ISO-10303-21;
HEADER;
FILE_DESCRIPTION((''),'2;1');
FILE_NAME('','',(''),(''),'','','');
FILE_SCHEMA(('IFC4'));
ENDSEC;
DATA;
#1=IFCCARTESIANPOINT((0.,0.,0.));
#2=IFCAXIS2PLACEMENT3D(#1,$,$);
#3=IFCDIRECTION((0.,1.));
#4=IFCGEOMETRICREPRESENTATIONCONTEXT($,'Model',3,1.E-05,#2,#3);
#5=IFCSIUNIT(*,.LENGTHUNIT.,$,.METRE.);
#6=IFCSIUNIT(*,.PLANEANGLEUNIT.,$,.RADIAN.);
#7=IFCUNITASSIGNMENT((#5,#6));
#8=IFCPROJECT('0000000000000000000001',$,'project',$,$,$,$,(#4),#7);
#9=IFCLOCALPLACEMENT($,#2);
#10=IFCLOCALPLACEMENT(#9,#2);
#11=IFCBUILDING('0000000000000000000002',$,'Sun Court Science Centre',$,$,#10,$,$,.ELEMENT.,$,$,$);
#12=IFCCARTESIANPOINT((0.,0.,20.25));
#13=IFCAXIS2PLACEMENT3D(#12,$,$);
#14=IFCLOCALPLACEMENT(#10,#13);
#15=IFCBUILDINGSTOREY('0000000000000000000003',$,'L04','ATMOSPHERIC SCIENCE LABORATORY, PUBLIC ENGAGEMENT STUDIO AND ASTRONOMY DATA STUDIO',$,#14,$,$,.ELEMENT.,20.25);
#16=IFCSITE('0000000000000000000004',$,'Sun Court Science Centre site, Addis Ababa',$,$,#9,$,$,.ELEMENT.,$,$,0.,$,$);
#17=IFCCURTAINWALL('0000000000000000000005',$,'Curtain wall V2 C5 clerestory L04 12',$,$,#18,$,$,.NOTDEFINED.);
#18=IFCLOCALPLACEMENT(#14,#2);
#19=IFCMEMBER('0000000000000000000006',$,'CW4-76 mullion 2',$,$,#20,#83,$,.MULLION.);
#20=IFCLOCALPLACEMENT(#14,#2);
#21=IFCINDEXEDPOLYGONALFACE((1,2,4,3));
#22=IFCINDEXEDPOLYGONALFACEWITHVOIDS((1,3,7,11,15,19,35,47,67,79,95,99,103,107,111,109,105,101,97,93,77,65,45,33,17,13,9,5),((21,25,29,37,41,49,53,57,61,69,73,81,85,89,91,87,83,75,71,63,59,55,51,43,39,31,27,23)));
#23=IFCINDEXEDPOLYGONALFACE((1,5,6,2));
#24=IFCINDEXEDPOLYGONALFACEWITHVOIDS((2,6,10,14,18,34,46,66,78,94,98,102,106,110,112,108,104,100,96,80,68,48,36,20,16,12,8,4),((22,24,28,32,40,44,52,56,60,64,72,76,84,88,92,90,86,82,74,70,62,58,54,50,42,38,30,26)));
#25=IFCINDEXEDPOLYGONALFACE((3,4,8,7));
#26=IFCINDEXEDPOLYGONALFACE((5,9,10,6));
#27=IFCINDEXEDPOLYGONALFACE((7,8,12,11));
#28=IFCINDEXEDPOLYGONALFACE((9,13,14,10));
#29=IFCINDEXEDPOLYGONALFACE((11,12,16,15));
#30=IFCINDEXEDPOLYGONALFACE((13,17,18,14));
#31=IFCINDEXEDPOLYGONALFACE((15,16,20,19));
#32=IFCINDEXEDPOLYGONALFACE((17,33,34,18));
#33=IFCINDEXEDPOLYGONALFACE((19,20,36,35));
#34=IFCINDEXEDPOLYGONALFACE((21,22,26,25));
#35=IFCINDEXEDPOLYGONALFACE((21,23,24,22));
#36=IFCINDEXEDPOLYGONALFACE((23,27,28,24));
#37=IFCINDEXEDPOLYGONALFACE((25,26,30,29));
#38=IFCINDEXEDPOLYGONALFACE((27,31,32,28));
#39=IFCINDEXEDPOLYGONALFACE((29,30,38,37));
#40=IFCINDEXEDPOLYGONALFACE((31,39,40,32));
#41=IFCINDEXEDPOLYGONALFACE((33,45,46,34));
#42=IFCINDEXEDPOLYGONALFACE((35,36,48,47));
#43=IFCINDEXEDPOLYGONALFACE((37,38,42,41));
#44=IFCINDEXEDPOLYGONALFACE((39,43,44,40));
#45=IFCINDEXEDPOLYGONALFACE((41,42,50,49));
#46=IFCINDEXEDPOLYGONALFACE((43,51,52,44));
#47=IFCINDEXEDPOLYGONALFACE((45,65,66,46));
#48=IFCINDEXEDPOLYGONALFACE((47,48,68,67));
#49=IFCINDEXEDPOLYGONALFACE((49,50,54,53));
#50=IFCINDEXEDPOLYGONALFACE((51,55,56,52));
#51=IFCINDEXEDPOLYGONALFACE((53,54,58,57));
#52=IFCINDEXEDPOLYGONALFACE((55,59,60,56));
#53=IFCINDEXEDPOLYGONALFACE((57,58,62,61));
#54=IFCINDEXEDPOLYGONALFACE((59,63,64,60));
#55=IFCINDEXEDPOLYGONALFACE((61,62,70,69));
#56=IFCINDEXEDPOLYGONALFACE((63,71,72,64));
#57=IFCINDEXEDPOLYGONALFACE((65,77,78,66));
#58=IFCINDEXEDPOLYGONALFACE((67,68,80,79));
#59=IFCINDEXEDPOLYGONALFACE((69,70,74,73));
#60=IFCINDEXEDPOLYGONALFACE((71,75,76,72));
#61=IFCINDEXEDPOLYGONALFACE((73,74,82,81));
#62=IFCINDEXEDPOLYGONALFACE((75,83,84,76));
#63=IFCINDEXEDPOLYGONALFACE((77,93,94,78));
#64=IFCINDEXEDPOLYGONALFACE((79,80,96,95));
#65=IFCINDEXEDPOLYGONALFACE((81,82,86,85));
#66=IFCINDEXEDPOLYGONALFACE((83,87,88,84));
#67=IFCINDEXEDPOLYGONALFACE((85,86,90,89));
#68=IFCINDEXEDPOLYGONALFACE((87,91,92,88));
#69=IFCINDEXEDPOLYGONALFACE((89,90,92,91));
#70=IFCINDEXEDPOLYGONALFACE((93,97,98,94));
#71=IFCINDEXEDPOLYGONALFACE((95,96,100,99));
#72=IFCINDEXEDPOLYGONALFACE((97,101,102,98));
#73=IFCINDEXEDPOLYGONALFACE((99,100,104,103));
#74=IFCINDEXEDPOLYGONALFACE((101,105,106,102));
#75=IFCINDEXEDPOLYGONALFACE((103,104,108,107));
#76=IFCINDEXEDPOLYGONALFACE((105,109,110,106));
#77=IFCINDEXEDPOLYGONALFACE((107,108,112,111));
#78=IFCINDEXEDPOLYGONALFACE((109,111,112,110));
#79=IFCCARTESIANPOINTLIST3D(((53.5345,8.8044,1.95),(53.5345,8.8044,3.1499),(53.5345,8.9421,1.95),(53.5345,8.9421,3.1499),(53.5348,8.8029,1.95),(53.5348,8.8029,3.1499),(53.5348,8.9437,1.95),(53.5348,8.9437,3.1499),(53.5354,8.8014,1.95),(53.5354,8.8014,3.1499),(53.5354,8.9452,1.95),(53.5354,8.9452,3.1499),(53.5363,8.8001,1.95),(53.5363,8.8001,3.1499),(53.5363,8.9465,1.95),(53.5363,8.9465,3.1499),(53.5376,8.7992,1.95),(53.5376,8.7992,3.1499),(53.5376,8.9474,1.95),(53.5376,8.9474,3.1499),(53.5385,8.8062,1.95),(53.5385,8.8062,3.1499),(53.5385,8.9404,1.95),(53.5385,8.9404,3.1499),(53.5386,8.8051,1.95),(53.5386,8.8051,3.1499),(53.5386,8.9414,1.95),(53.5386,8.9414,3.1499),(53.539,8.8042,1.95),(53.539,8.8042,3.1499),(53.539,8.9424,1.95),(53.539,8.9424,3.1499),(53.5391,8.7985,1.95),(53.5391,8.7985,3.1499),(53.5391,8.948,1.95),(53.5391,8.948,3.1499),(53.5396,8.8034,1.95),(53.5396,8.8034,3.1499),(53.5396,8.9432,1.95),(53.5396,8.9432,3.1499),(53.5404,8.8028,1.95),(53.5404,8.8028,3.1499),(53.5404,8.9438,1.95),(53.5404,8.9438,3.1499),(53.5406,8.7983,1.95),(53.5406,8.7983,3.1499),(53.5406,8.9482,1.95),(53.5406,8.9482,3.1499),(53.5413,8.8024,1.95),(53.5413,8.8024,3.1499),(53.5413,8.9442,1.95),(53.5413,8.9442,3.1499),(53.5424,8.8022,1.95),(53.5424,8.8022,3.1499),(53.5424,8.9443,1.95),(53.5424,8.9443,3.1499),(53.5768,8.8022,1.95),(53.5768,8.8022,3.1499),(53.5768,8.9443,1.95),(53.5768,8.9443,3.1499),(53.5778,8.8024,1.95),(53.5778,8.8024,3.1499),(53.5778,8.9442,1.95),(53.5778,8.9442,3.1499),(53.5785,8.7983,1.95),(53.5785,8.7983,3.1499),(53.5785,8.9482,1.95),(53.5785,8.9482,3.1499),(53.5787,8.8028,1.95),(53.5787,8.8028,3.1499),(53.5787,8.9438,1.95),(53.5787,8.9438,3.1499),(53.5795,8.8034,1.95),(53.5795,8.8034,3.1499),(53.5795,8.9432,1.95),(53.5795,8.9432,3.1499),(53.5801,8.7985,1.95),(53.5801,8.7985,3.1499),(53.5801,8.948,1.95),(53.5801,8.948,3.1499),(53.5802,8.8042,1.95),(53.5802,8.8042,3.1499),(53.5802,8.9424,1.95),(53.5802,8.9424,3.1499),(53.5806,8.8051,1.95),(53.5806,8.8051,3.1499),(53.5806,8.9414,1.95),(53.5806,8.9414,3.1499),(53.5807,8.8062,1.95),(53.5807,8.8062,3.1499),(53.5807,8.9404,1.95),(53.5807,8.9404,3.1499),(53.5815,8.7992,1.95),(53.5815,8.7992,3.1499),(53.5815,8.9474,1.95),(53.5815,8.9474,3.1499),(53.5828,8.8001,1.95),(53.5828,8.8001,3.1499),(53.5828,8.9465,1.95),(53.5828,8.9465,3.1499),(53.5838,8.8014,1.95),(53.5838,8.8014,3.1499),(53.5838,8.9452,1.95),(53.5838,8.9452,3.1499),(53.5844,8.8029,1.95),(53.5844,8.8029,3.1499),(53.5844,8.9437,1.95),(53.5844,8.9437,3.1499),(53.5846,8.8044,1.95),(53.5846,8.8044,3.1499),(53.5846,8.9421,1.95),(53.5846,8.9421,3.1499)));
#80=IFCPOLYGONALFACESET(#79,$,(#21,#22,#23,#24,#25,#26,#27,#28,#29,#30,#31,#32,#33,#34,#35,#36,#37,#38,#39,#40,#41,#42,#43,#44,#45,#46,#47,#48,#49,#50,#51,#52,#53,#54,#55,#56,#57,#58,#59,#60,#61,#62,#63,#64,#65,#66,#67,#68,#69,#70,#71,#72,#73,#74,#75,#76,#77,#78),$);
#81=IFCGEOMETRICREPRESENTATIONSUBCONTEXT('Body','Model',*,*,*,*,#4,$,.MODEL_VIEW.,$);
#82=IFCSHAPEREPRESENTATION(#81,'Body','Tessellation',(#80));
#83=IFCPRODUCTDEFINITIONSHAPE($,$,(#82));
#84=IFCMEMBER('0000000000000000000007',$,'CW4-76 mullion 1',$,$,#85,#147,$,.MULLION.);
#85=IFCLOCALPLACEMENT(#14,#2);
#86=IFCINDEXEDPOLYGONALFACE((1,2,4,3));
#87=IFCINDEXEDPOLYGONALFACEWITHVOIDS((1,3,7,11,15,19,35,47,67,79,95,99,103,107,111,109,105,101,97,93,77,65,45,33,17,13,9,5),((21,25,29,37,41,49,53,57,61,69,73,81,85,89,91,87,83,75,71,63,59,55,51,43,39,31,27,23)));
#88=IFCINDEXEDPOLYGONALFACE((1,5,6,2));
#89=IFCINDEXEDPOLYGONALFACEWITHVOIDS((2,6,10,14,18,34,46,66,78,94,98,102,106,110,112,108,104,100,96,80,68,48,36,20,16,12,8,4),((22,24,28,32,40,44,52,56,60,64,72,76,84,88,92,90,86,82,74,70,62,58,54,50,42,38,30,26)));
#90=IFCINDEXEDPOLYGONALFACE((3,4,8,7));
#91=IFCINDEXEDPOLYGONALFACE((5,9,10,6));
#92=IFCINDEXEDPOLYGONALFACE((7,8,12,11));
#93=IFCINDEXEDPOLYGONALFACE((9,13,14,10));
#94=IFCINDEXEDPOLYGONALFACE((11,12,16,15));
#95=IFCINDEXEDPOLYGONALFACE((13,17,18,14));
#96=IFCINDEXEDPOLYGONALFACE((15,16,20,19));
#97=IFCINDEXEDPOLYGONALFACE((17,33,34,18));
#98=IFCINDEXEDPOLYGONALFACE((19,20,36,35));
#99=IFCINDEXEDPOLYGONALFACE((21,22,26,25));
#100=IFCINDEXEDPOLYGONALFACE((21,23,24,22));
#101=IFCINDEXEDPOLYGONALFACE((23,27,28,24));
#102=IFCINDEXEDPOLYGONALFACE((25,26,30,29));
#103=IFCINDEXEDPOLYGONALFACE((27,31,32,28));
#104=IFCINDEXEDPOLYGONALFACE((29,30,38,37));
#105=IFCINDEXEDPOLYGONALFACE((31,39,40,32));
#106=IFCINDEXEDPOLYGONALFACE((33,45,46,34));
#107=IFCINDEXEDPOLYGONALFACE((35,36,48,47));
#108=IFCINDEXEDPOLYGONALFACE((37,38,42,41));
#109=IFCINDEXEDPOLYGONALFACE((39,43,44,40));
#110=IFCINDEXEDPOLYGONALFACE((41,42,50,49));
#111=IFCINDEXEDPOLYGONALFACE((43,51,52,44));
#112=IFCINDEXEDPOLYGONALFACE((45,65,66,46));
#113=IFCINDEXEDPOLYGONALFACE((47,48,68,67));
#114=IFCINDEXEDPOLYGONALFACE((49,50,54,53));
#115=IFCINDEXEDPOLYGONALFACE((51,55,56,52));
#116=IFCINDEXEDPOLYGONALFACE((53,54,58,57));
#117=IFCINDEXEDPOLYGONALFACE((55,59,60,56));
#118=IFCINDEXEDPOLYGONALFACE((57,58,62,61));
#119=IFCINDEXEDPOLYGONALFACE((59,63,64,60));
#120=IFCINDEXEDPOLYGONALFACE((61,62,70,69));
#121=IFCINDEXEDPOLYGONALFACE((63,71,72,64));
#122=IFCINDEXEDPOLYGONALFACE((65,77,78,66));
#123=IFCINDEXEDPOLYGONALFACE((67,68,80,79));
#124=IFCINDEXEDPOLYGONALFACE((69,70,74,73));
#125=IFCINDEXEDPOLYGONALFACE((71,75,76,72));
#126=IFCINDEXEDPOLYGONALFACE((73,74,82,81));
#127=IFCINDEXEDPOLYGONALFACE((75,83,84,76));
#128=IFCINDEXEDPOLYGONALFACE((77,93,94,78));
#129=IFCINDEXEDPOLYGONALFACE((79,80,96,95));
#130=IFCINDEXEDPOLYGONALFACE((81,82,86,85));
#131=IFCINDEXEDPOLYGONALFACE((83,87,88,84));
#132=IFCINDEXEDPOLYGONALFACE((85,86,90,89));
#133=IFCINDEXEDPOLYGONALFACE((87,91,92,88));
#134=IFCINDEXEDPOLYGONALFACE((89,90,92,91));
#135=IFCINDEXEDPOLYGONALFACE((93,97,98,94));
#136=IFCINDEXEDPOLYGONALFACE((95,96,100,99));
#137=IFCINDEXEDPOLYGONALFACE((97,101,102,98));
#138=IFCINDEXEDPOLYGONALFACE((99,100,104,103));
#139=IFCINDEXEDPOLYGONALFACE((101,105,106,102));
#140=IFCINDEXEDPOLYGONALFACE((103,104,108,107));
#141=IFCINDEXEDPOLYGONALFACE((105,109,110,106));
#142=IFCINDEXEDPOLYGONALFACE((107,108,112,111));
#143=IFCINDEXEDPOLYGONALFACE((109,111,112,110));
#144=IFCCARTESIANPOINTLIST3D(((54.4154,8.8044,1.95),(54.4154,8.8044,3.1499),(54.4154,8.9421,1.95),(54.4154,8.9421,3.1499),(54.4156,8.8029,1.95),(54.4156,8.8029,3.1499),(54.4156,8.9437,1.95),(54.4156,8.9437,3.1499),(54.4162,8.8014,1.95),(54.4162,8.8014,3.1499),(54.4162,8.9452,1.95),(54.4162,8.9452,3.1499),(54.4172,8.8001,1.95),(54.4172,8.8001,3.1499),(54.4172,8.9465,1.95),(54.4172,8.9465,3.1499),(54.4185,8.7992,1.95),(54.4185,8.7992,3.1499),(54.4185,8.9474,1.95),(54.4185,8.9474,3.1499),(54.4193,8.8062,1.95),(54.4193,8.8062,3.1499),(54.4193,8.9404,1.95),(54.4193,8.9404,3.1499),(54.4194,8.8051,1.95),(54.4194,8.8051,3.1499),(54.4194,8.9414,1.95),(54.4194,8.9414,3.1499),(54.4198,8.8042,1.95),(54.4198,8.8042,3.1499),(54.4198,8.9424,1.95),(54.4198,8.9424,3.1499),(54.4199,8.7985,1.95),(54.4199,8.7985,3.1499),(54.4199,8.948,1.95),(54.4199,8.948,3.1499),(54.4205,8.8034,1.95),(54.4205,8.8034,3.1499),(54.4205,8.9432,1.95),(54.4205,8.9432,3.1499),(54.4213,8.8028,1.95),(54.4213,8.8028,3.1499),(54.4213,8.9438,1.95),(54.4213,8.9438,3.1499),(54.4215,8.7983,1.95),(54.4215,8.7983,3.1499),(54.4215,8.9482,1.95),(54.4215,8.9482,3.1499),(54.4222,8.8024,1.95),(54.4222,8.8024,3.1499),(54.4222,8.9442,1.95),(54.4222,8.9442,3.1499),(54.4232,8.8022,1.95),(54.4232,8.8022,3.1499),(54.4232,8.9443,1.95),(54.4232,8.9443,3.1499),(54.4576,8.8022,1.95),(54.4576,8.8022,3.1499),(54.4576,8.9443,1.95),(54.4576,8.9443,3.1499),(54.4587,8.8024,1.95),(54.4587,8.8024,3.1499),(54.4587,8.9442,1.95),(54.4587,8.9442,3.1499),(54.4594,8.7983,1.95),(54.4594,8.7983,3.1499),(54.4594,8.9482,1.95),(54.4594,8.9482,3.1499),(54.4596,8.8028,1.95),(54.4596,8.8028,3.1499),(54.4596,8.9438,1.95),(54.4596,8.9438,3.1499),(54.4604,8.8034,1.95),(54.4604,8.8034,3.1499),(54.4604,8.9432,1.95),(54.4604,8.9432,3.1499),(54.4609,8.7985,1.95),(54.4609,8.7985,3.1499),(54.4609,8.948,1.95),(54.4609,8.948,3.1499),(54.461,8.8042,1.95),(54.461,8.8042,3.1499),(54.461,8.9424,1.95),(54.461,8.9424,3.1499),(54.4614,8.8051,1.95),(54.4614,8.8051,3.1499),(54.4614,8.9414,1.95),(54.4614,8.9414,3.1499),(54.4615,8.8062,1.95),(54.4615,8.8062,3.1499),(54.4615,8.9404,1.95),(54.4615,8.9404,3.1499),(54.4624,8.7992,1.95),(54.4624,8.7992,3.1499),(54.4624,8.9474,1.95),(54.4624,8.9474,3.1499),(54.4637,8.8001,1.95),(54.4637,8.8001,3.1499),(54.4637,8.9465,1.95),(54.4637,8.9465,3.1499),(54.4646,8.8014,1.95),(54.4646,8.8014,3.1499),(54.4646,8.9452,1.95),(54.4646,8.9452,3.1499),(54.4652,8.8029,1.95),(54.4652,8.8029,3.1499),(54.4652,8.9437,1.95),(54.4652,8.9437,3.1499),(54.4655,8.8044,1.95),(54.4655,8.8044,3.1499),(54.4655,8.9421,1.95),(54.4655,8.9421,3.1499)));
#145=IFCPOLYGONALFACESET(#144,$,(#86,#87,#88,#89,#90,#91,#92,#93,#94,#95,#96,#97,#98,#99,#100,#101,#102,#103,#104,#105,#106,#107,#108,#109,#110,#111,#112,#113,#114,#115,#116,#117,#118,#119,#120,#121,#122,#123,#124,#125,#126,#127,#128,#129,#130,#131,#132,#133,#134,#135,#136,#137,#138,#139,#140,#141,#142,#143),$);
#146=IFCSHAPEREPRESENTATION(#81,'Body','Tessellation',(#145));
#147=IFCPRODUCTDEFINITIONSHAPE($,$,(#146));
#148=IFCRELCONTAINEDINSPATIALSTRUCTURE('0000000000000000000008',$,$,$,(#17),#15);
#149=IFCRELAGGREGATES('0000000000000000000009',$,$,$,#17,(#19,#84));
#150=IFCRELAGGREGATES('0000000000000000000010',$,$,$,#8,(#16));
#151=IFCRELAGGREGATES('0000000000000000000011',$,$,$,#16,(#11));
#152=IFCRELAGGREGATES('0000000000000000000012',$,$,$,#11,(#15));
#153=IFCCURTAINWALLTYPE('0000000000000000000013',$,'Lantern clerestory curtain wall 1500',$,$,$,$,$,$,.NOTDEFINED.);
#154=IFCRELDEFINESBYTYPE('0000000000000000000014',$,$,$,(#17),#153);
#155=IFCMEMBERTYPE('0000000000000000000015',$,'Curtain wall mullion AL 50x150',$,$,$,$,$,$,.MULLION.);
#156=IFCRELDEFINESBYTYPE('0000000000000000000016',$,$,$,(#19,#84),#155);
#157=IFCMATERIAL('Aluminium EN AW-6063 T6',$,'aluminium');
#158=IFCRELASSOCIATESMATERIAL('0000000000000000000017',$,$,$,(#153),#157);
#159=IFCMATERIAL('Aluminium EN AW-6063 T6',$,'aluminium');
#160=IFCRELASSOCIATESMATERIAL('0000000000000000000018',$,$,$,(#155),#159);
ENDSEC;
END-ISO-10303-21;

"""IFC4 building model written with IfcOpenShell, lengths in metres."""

from ifc_helpers import new_model, si_unit, direction, frame, origin, origin_2d, place, context, subcontext, project, spatial, hollow_rectangle, extrude, material, material_profile, profile_set, type_object, element, aggregate, save


model = new_model("IFC4")

# Units and contexts
model_context = context("Model", 3, precision=1e-05, world=origin(), true_north=direction((0.0, 1.0)))
body_context = subcontext(model_context, "Body", "Model", "MODEL_VIEW")
ifc_project = project(units=[si_unit("LENGTHUNIT", "METRE"), si_unit("PLANEANGLEUNIT", "RADIAN")], contexts=[model_context])

# Site, building, storey
site_placement = place(None, origin())
site = spatial("IfcSite", under=ifc_project, at=site_placement, Name="Sun Court Science Centre site, Addis Ababa", CompositionType="ELEMENT", RefElevation=0.0)
building_placement = place(site_placement, origin())
building = spatial("IfcBuilding", under=site, at=building_placement, Name="Sun Court Science Centre", CompositionType="ELEMENT")
storey_placement = place(building_placement, frame((0.0, 0.0, 20.25)))
storey = spatial("IfcBuildingStorey", under=building, at=storey_placement, Name="L04", Description="ATMOSPHERIC SCIENCE LABORATORY, PUBLIC ENGAGEMENT STUDIO AND ASTRONOMY DATA STUDIO", CompositionType="ELEMENT", Elevation=20.25)

# Curtain wall, members
ifc_material_1 = material(Name="Aluminium EN AW-6063 T6", Category="aluminium")
curtain_wall_type = type_object("IfcCurtainWallType", Name="Lantern clerestory curtain wall 1500", PredefinedType="NOTDEFINED", material=ifc_material_1)
curtain_wall_1_placement = place(storey_placement, origin())
curtain_wall_1 = element("IfcCurtainWall", 1, at=curtain_wall_1_placement, inside=storey, type_object=curtain_wall_type, Name="Curtain wall V2 C5 clerestory L04 12", PredefinedType="NOTDEFINED")
ifc_material_2 = material(Name="Aluminium EN AW-6063 T6", Category="aluminium")
ifc_material_profile_1 = material_profile(ifc_material_2, hollow_rectangle(XDim=0.05, YDim=0.1499, WallThickness=0.0039, InnerFilletRadius=0.0039, OuterFilletRadius=0.0061, at=origin_2d()), Name="AL 50x150x4")
ifc_profile_set_1 = profile_set([ifc_material_profile_1], Name="Aluminium EN AW-6063 T6")
member_type_1 = type_object("IfcMemberType", Name="Curtain wall mullion AL 50x150", PredefinedType="MULLION", material=ifc_profile_set_1)
member_1_placement = place(storey_placement, frame((53.5596, 8.8733, 1.95), z_axis=(0.0, 0.0, 1.0), x_axis=(-1.0, 0.0, 0.0)))
member_1 = element("IfcMember", 2, at=member_1_placement, type_object=member_type_1, Name="CW4-76 mullion 2", PredefinedType="MULLION", context=body_context, shape_type="SweptSolid", body=[
    extrude(hollow_rectangle(XDim=0.05, YDim=0.1499, WallThickness=0.0039, InnerFilletRadius=0.0039, OuterFilletRadius=0.0061, at=origin_2d()), origin(), (0.0, 0.0, 1.0), 1.2),
])
member_2_placement = place(storey_placement, frame((54.4404, 8.8733, 1.95), z_axis=(0.0, 0.0, 1.0), x_axis=(-1.0, 0.0, 0.0)))
member_2 = element("IfcMember", 3, at=member_2_placement, type_object=member_type_1, Name="CW4-76 mullion 1", PredefinedType="MULLION", context=body_context, shape_type="SweptSolid", body=[
    extrude(hollow_rectangle(XDim=0.05, YDim=0.1499, WallThickness=0.0039, InnerFilletRadius=0.0039, OuterFilletRadius=0.0061, at=origin_2d()), origin(), (0.0, 0.0, 1.0), 1.2),
])
aggregate(curtain_wall_1, [member_1, member_2])

save(model, "model.ifc")
